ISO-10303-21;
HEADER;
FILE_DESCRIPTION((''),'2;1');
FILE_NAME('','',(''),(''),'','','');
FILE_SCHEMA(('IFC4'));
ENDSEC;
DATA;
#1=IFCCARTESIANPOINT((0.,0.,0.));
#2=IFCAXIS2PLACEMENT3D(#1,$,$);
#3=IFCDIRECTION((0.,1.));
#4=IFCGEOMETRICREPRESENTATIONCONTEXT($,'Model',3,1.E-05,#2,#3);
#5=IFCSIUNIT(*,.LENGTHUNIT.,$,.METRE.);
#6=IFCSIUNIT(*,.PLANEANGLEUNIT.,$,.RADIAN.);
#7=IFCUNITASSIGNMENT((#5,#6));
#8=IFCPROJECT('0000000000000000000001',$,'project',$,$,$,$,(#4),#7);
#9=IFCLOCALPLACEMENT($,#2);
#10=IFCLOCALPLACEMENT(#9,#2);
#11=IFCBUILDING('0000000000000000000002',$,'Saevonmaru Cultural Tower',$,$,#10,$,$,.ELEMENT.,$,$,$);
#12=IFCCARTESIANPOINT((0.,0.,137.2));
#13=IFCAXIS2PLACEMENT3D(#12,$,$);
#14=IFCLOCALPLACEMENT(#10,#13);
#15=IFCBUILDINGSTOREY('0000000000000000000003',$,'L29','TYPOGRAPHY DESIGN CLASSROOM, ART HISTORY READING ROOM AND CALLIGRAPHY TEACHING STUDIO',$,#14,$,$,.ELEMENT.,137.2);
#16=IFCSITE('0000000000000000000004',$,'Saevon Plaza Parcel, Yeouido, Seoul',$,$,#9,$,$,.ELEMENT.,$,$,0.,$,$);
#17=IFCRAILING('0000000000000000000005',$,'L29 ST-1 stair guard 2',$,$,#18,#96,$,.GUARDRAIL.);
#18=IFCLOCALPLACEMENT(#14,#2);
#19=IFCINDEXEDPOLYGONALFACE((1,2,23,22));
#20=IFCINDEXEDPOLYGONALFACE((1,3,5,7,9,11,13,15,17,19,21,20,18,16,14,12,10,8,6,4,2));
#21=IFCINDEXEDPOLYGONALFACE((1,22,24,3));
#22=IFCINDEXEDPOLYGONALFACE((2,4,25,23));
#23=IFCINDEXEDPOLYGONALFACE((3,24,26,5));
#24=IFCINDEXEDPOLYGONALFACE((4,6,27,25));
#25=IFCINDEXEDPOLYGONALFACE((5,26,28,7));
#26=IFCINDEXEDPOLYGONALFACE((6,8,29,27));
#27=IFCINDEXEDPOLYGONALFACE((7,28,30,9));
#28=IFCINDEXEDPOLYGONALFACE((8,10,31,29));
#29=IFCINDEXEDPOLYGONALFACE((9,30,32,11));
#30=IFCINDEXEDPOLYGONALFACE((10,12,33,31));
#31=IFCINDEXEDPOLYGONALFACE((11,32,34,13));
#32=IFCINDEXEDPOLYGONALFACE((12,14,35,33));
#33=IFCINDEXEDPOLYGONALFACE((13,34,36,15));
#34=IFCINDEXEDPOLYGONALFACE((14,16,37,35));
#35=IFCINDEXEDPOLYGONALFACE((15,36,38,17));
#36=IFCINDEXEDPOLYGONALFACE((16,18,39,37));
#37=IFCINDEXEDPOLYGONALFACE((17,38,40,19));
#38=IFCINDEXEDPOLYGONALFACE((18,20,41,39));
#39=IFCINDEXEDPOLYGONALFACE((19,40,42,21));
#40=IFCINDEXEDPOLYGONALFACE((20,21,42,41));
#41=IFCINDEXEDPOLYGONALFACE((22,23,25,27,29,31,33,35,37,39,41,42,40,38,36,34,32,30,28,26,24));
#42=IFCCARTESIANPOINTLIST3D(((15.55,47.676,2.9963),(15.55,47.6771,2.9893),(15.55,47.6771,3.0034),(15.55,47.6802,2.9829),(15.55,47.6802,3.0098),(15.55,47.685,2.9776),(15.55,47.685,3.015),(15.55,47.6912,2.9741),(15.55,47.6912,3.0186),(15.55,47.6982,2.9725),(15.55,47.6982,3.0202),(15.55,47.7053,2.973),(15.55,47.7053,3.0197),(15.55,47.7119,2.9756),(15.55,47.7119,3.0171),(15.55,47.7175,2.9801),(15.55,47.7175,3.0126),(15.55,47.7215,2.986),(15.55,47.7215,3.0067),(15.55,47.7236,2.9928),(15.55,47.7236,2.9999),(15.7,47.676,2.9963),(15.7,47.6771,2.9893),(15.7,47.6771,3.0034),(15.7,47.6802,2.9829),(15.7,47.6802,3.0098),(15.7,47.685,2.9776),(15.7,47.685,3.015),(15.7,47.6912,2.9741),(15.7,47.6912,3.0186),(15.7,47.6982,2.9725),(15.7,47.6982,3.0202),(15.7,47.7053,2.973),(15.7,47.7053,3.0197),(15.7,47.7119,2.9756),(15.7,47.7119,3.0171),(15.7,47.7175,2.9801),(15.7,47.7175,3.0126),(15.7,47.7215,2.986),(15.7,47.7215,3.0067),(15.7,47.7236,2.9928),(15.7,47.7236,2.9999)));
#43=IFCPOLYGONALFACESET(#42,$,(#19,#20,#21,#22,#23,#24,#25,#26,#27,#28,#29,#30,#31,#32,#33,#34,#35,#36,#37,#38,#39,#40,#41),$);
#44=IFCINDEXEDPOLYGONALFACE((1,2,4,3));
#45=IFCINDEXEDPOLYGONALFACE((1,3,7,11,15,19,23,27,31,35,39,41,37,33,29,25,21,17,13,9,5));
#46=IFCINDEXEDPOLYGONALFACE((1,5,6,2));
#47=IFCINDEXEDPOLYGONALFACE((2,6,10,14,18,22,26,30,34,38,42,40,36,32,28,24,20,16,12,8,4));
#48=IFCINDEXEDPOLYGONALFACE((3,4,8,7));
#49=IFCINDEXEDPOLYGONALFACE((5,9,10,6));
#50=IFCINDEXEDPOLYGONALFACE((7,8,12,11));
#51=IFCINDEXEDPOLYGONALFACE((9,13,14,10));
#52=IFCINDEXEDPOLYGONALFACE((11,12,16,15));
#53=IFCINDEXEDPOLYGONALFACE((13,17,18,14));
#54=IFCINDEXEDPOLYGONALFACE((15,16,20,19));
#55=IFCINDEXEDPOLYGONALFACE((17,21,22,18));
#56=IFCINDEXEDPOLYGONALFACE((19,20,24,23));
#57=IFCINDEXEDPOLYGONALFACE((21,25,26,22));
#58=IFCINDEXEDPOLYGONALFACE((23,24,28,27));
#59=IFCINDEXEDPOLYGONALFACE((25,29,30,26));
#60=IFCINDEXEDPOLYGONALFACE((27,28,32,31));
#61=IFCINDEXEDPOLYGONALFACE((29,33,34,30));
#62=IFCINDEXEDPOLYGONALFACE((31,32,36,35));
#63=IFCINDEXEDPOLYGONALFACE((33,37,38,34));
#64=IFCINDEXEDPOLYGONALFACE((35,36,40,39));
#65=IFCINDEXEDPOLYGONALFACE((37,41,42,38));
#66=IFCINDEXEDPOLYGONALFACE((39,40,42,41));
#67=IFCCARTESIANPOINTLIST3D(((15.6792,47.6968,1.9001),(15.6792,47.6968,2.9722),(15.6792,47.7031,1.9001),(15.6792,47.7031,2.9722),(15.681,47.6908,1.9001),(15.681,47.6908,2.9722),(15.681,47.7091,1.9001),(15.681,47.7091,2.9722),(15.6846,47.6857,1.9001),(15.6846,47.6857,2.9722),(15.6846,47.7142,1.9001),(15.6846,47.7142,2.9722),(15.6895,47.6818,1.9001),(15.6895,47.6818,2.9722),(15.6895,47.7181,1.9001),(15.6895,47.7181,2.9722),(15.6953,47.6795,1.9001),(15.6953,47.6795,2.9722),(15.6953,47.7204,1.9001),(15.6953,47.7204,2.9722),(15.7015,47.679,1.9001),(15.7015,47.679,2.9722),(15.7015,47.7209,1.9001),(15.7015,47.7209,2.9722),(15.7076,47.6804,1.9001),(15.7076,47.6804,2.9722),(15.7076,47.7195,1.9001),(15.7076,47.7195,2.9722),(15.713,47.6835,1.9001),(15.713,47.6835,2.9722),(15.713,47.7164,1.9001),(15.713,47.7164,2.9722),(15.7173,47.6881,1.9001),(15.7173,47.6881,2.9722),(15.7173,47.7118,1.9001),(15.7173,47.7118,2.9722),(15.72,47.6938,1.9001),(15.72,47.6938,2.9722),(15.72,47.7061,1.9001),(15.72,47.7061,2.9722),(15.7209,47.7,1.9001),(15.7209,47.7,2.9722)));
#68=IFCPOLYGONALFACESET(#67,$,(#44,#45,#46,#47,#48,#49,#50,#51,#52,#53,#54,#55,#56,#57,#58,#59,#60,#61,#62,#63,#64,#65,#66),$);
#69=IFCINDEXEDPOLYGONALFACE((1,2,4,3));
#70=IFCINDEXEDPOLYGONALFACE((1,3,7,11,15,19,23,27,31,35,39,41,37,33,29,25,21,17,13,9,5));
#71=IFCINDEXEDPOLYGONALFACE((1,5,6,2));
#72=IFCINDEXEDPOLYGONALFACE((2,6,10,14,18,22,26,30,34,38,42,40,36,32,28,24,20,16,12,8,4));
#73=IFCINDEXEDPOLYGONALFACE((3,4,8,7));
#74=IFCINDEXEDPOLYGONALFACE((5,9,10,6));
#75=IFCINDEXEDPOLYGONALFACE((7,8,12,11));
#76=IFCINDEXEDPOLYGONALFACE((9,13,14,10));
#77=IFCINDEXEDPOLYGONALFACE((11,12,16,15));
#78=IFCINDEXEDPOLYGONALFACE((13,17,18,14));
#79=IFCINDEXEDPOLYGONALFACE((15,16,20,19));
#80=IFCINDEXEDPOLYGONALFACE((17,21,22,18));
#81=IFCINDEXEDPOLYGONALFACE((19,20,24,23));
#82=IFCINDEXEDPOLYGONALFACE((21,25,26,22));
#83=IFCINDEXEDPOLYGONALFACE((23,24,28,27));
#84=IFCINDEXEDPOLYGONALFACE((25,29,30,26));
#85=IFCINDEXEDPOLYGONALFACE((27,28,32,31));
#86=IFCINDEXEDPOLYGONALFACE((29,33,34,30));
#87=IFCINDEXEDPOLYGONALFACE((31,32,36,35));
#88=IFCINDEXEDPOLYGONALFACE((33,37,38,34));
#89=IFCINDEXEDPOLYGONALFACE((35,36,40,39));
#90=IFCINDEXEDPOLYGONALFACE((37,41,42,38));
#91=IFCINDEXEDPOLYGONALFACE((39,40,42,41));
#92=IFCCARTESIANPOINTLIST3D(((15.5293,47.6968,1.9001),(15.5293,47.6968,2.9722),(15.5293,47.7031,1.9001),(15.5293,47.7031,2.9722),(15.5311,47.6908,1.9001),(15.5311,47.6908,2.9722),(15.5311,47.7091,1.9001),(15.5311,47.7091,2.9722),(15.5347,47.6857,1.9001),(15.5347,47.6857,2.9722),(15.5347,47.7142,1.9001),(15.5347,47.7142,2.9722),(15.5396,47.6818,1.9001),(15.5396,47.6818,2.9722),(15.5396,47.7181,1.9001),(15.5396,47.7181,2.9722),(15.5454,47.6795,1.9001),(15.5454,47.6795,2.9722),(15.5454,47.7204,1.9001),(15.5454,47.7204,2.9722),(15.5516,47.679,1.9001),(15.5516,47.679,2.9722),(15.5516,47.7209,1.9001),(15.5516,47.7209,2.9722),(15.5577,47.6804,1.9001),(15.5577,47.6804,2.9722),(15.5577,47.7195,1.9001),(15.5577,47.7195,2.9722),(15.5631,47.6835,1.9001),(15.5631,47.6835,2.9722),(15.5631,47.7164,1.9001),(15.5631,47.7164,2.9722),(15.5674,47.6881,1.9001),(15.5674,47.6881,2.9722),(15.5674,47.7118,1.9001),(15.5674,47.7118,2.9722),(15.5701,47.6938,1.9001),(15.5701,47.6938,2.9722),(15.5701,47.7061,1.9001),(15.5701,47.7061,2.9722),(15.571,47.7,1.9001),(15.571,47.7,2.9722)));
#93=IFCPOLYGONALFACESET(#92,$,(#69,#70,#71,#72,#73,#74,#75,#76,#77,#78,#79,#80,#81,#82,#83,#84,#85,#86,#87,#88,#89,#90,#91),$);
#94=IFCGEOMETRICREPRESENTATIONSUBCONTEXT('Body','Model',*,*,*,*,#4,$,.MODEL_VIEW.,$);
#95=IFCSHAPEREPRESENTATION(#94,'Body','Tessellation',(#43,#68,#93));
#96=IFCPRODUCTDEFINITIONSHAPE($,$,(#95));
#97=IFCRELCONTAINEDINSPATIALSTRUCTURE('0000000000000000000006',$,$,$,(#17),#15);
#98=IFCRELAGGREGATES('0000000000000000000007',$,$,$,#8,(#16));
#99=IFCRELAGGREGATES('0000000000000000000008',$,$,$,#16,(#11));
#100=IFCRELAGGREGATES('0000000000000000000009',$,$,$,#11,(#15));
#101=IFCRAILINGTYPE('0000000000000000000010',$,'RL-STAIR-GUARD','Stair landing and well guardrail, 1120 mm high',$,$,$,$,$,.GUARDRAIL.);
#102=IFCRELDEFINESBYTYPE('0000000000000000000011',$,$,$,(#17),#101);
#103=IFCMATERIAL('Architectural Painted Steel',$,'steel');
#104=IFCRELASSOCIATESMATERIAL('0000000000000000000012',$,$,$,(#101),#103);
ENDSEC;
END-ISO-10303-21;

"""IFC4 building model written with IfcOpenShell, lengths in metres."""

from ifc_helpers import new_model, si_unit, direction, frame, origin, origin_2d, place, context, subcontext, project, spatial, circle, extrude, material, type_object, element, save


model = new_model("IFC4")

# Units and contexts
model_context = context("Model", 3, precision=1e-05, world=origin(), true_north=direction((0.0, 1.0)))
body_context = subcontext(model_context, "Body", "Model", "MODEL_VIEW")
ifc_project = project(units=[si_unit("LENGTHUNIT", "METRE"), si_unit("PLANEANGLEUNIT", "RADIAN")], contexts=[model_context])

# Site, building, storey
site_placement = place(None, origin())
site = spatial("IfcSite", under=ifc_project, at=site_placement, Name="Saevon Plaza Parcel, Yeouido, Seoul", CompositionType="ELEMENT", RefElevation=0.0)
building_placement = place(site_placement, origin())
building = spatial("IfcBuilding", under=site, at=building_placement, Name="Saevonmaru Cultural Tower", CompositionType="ELEMENT")
storey_placement = place(building_placement, frame((0.0, 0.0, 137.2)))
storey = spatial("IfcBuildingStorey", under=building, at=storey_placement, Name="L29", Description="TYPOGRAPHY DESIGN CLASSROOM, ART HISTORY READING ROOM AND CALLIGRAPHY TEACHING STUDIO", CompositionType="ELEMENT", Elevation=137.2)

# Railing
ifc_material_1 = material(Name="Architectural Painted Steel", Category="steel")
railing_type_1 = type_object("IfcRailingType", Name="RL-STAIR-GUARD", Description="Stair landing and well guardrail, 1120 mm high", PredefinedType="GUARDRAIL", material=ifc_material_1)
railing_1_placement = place(storey_placement, frame((15.7, 47.7, 1.9001)))
element("IfcRailing", 1, at=railing_1_placement, inside=storey, type_object=railing_type_1, Name="L29 ST-1 stair guard 2", PredefinedType="GUARDRAIL", context=body_context, shape_type="SweptSolid", body=[
    extrude(circle(Radius=0.0239, at=origin_2d()), frame((0.0, 0.0, 1.0962), z_axis=(-1.0, 0.0, 0.0), x_axis=(0.0, -1.0, 0.0)), (0.0, 0.0, 1.0), 0.1499),
    extrude(circle(Radius=0.021, at=origin_2d()), origin(), (0.0, 0.0, 1.0), 1.072),
    extrude(circle(Radius=0.021, at=origin_2d()), frame((-0.1499, 0.0, 0.0)), (0.0, 0.0, 1.0), 1.072),
])

save(model, "model.ifc")
